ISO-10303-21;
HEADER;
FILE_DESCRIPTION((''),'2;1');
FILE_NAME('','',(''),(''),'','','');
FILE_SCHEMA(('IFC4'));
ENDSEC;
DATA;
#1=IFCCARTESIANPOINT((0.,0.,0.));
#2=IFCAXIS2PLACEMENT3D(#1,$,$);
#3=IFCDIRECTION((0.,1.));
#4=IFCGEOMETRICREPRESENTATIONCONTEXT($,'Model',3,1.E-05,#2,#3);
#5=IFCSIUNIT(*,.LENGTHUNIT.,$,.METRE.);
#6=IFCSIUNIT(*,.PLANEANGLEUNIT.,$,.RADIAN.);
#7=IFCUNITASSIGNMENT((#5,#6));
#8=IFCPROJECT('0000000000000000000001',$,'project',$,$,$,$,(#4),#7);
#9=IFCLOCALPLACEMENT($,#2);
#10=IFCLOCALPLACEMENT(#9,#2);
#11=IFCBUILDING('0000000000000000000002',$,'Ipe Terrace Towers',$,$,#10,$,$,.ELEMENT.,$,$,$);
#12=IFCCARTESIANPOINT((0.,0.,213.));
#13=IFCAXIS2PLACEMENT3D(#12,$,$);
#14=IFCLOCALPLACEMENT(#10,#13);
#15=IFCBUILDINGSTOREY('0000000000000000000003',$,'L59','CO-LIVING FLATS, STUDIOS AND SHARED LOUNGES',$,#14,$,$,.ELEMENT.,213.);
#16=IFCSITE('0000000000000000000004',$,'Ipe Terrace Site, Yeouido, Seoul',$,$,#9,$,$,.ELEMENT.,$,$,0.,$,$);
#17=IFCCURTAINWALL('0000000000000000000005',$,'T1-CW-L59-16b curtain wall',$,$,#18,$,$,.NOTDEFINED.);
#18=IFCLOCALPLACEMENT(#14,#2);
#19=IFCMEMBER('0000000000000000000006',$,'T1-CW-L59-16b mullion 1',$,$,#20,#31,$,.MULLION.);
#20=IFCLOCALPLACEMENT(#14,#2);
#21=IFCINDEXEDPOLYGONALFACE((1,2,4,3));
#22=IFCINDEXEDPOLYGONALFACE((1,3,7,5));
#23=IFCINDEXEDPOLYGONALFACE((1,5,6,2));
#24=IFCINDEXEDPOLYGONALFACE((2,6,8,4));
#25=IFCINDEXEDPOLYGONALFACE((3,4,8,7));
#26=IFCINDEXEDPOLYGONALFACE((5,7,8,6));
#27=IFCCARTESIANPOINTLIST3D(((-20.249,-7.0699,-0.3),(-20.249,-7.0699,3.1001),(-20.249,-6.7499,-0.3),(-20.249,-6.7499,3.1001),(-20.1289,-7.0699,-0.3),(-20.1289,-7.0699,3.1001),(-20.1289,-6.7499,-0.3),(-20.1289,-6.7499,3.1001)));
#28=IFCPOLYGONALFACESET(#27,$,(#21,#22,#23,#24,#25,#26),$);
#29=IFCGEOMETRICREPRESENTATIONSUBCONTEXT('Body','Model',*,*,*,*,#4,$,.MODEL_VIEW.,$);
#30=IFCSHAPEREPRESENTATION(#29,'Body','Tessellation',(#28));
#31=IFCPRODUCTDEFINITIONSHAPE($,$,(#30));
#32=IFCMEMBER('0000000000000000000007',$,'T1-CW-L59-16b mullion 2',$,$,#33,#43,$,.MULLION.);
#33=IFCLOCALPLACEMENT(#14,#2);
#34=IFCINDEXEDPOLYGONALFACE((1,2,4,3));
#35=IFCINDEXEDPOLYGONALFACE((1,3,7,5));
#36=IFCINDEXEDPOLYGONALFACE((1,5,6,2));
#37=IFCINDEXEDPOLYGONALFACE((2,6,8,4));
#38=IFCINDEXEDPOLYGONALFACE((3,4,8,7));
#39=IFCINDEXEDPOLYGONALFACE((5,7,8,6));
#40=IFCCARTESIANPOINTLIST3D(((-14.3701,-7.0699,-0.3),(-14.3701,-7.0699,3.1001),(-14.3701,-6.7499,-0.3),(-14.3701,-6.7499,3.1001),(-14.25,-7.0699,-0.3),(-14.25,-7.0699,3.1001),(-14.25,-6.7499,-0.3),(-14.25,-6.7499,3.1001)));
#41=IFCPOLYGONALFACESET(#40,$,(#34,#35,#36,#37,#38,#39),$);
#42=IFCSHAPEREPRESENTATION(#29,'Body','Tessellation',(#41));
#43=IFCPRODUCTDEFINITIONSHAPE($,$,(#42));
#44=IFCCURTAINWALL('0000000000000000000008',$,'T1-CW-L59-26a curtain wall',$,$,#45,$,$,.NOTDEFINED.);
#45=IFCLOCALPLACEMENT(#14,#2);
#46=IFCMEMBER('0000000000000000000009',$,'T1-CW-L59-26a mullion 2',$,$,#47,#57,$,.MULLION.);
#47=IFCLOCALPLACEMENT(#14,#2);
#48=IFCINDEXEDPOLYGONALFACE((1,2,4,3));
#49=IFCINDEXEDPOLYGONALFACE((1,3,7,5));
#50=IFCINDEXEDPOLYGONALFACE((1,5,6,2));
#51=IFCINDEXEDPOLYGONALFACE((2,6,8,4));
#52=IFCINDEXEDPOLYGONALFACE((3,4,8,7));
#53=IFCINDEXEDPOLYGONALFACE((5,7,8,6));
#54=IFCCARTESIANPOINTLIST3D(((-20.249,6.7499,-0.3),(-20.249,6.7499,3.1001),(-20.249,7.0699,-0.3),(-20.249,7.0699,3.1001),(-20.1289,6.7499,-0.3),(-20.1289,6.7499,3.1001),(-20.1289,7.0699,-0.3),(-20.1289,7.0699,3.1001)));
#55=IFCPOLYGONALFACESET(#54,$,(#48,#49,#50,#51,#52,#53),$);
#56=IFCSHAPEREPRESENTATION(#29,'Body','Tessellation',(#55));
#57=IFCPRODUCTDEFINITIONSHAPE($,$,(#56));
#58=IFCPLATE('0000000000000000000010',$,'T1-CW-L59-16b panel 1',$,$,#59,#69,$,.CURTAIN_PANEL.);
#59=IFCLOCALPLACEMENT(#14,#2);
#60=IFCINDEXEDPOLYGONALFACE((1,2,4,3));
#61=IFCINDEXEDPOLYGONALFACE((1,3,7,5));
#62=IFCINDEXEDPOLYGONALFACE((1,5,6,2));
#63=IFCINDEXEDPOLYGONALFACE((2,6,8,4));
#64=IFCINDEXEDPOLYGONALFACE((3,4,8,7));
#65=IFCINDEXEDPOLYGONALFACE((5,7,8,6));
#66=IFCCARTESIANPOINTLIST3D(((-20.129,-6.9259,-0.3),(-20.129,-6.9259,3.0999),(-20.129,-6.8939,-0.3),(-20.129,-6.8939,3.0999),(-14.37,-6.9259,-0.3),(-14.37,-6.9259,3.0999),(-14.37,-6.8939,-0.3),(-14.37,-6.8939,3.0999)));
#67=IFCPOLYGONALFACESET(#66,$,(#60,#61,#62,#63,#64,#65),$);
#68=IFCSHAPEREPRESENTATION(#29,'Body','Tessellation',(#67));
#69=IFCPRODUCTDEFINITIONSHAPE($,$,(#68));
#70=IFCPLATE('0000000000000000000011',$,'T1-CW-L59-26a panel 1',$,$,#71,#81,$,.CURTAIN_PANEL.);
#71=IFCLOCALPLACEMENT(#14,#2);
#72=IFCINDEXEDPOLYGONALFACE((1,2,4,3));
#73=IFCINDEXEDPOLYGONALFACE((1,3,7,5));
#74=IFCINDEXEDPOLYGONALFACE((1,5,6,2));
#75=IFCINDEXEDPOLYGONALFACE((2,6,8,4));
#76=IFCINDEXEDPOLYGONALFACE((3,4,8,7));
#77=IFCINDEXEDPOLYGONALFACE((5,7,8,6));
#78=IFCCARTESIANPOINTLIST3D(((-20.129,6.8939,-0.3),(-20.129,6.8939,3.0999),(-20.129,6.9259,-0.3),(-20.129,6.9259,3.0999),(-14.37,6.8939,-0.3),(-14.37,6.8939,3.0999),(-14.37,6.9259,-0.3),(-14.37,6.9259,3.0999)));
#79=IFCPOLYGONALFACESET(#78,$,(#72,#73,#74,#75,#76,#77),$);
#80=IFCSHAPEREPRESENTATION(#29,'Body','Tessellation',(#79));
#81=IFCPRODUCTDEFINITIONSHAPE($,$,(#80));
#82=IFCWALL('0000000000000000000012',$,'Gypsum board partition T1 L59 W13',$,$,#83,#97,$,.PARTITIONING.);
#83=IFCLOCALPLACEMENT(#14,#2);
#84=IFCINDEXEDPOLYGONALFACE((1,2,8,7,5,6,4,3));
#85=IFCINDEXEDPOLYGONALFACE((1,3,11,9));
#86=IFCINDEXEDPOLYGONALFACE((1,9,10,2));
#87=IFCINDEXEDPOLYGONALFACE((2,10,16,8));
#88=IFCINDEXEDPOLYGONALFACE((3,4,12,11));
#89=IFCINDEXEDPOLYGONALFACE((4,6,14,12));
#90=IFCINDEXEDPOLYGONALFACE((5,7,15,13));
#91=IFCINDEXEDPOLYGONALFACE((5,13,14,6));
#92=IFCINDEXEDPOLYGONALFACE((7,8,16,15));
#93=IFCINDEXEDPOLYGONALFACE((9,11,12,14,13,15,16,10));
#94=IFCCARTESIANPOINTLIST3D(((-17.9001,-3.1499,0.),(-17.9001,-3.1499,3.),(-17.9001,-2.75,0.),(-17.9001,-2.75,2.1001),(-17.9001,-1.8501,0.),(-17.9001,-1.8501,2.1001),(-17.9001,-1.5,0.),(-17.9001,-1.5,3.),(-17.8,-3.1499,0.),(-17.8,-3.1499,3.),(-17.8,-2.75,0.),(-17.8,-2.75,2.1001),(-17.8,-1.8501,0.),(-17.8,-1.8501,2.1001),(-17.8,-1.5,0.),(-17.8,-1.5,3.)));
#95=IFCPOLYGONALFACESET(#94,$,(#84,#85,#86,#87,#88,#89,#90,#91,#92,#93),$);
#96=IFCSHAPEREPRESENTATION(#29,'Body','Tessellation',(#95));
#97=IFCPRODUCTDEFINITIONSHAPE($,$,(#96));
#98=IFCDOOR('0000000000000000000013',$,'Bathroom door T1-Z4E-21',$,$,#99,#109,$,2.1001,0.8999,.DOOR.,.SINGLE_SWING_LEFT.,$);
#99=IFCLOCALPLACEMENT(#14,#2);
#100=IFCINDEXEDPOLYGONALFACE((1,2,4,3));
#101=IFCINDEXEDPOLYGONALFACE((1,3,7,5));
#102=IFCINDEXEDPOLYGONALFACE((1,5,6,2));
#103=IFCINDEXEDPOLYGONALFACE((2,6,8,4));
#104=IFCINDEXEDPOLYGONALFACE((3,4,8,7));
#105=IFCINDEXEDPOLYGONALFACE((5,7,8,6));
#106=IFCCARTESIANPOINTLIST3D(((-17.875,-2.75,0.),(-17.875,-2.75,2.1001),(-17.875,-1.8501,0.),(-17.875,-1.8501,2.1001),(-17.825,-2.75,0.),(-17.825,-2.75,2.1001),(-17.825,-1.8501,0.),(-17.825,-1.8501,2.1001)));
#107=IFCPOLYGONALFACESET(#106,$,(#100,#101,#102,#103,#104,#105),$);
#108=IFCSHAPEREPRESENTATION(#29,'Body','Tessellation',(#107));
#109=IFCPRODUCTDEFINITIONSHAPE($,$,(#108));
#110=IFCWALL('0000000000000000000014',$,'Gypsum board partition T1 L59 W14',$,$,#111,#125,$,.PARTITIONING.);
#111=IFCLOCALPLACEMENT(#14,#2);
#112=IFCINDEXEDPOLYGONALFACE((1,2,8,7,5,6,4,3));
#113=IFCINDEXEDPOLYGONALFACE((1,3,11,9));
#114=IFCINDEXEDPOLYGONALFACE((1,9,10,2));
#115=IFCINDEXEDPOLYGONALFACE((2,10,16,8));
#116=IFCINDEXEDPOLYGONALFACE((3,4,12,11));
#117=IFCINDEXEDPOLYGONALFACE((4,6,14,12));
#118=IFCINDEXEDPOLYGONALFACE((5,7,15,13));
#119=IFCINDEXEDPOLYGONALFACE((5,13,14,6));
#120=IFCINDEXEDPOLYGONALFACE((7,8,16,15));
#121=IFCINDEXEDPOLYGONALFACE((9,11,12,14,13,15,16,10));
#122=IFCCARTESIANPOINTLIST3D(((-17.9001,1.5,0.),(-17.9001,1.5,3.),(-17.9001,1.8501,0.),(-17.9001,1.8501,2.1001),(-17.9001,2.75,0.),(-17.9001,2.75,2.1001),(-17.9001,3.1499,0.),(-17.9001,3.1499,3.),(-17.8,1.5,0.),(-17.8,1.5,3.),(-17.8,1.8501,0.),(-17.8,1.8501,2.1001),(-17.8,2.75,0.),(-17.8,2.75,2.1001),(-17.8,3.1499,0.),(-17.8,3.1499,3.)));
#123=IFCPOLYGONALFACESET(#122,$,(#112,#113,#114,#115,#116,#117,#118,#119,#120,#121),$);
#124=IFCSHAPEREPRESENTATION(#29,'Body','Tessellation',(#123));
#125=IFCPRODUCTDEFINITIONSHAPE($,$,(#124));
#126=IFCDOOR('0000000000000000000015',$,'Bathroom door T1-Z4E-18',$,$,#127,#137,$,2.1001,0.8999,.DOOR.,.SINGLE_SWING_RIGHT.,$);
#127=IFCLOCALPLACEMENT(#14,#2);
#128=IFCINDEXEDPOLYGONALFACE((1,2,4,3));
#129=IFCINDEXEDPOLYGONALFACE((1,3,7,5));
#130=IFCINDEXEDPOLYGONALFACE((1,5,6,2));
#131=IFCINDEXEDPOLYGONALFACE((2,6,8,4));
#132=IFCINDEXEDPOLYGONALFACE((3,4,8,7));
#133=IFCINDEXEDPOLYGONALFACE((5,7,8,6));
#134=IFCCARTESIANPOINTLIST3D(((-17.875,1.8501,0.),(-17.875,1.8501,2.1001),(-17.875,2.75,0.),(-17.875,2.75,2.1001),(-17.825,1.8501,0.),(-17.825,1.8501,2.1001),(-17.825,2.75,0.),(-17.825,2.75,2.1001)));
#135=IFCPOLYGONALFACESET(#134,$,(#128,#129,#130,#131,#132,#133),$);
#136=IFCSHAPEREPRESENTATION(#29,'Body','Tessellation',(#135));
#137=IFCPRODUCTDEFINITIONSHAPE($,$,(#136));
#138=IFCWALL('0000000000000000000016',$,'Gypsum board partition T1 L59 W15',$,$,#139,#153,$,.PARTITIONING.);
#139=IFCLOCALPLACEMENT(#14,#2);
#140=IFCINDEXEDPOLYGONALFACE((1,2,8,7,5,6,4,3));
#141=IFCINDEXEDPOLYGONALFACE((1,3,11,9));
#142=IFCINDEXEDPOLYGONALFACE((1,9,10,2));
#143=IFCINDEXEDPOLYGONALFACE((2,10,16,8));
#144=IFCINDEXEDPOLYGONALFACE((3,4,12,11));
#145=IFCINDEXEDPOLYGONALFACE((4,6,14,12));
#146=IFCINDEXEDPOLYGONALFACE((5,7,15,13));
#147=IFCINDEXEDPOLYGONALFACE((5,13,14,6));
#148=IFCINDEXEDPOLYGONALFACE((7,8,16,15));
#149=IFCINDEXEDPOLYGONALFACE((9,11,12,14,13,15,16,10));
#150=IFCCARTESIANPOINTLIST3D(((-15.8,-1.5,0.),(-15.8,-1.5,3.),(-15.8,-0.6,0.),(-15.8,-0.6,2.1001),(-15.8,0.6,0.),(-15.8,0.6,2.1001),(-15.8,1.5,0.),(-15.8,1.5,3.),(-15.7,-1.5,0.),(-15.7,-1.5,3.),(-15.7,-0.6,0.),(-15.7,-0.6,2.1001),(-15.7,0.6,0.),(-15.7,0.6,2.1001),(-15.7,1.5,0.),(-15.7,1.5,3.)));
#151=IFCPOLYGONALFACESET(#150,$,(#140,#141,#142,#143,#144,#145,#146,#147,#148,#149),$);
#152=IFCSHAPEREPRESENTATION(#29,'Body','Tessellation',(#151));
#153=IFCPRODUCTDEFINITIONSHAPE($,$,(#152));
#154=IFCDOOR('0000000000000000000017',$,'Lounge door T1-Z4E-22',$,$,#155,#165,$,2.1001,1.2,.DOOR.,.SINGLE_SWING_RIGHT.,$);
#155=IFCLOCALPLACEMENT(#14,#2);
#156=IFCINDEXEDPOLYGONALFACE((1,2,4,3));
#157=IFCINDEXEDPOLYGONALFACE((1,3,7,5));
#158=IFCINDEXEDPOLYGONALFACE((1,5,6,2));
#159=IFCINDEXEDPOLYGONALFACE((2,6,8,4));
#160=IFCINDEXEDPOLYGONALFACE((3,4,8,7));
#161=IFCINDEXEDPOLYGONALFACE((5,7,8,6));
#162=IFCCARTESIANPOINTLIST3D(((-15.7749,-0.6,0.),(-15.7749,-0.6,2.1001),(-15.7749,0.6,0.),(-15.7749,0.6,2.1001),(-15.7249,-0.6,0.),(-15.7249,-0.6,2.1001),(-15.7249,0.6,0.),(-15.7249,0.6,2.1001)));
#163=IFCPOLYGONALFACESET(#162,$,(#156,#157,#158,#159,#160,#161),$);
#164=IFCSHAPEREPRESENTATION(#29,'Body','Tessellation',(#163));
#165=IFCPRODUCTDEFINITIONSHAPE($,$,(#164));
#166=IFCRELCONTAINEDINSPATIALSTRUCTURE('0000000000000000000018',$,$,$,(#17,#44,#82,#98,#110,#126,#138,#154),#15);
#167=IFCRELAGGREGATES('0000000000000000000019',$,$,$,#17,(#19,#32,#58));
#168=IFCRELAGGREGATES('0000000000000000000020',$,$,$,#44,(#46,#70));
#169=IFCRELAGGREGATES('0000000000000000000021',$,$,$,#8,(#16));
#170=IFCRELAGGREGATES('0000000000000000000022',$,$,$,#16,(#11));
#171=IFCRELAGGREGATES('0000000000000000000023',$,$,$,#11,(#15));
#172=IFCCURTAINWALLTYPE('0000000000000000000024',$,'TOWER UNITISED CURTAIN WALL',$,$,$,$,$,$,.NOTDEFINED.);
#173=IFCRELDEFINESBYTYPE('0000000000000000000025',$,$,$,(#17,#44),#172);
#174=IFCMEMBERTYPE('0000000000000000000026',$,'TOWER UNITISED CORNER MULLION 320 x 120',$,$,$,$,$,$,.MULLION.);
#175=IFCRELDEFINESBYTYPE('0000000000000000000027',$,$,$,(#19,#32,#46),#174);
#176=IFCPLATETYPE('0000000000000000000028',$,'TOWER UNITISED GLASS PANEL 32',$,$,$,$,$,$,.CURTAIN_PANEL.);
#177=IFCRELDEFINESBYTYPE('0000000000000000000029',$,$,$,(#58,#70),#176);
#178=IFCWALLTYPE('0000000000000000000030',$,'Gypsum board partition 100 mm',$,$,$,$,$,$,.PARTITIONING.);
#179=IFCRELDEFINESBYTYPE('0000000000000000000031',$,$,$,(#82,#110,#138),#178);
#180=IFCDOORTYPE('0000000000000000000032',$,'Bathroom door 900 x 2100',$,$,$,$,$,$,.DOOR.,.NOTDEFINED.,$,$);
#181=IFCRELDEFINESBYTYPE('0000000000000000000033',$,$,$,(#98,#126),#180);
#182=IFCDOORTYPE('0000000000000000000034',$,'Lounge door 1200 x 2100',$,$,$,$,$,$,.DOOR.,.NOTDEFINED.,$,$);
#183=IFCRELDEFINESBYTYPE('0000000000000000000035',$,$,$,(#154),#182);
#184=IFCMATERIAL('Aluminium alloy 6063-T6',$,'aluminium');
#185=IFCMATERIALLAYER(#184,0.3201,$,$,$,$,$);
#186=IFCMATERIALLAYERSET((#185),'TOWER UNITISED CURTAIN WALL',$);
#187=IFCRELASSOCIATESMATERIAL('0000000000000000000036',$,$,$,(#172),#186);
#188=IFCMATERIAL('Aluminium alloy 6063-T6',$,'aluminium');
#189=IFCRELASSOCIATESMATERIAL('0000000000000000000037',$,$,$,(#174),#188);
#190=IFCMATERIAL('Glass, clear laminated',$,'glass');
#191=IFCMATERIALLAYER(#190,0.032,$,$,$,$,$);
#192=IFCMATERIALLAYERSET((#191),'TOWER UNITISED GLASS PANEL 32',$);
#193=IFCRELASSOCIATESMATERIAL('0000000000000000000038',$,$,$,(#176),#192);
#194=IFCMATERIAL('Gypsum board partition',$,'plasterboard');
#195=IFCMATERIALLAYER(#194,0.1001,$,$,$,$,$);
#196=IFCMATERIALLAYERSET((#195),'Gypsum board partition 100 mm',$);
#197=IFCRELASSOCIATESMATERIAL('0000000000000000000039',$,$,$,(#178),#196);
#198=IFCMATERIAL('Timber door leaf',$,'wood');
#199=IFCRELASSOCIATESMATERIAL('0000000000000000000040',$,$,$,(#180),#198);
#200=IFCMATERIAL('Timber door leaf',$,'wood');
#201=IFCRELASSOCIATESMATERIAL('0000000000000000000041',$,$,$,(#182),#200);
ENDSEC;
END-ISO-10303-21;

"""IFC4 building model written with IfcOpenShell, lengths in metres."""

from ifc_helpers import new_model, si_unit, direction, frame, frame_2d, origin, origin_2d, place, context, subcontext, project, spatial, rectangle, extrude, material, layer, layer_set, material_profile, profile_set, type_object, element, fill, aggregate, save


model = new_model("IFC4")

# Units and contexts
model_context = context("Model", 3, precision=1e-05, world=origin(), true_north=direction((0.0, 1.0)))
body_context = subcontext(model_context, "Body", "Model", "MODEL_VIEW")
ifc_project = project(units=[si_unit("LENGTHUNIT", "METRE"), si_unit("PLANEANGLEUNIT", "RADIAN")], contexts=[model_context])

# Site, building, storey
site_placement = place(None, origin())
site = spatial("IfcSite", under=ifc_project, at=site_placement, Name="Ipe Terrace Site, Yeouido, Seoul", CompositionType="ELEMENT", RefElevation=0.0)
building_placement = place(site_placement, origin())
building = spatial("IfcBuilding", under=site, at=building_placement, Name="Ipe Terrace Towers", CompositionType="ELEMENT")
storey_placement = place(building_placement, frame((0.0, 0.0, 213.0)))
storey = spatial("IfcBuildingStorey", under=building, at=storey_placement, Name="L59", Description="CO-LIVING FLATS, STUDIOS AND SHARED LOUNGES", CompositionType="ELEMENT", Elevation=213.0)

# Curtain wall, members
ifc_material_1 = material(Name="Aluminium alloy 6063-T6", Category="aluminium")
ifc_layer_1 = layer(ifc_material_1, 0.3201)
ifc_layer_set_1 = layer_set([ifc_layer_1], Name="TOWER UNITISED CURTAIN WALL")
curtain_wall_type = type_object("IfcCurtainWallType", Name="TOWER UNITISED CURTAIN WALL", PredefinedType="NOTDEFINED", material=ifc_layer_set_1)
curtain_wall_1_placement = place(storey_placement, origin())
curtain_wall_1 = element("IfcCurtainWall", 1, at=curtain_wall_1_placement, inside=storey, type_object=curtain_wall_type, Name="T1-CW-L59-16b curtain wall", PredefinedType="NOTDEFINED")
ifc_material_2 = material(Name="Aluminium alloy 6063-T6", Category="aluminium")
ifc_material_profile = material_profile(ifc_material_2, rectangle(XDim=0.3201, YDim=0.1201, at=origin_2d()), Name="TOWER UNITISED CORNER MULLION 320 x 120")
ifc_profile_set = profile_set([ifc_material_profile], Name="Aluminium alloy 6063-T6")
member_type = type_object("IfcMemberType", Name="TOWER UNITISED CORNER MULLION 320 x 120", PredefinedType="MULLION", material=ifc_profile_set)
member_1_placement = place(storey_placement, frame((-20.189, -6.9099, -0.3), z_axis=(0.0, 0.0, 1.0), x_axis=(0.0, -1.0, 0.0)))
member_1 = element("IfcMember", 2, at=member_1_placement, type_object=member_type, Name="T1-CW-L59-16b mullion 1", PredefinedType="MULLION", context=body_context, shape_type="SweptSolid", body=[
    extrude(rectangle(XDim=0.3201, YDim=0.1201, at=origin_2d()), origin(), (0.0, 0.0, 1.0), 3.4001),
])
member_2_placement = place(storey_placement, frame((-14.3101, -6.9099, -0.3), z_axis=(0.0, 0.0, 1.0), x_axis=(0.0, -1.0, 0.0)))
member_2 = element("IfcMember", 3, at=member_2_placement, type_object=member_type, Name="T1-CW-L59-16b mullion 2", PredefinedType="MULLION", context=body_context, shape_type="SweptSolid", body=[
    extrude(rectangle(XDim=0.3201, YDim=0.1201, at=origin_2d()), origin(), (0.0, 0.0, 1.0), 3.4001),
])

# Curtain wall, member
curtain_wall_2_placement = place(storey_placement, origin())
curtain_wall_2 = element("IfcCurtainWall", 4, at=curtain_wall_2_placement, inside=storey, type_object=curtain_wall_type, Name="T1-CW-L59-26a curtain wall", PredefinedType="NOTDEFINED")
member_3_placement = place(storey_placement, frame((-20.189, 6.9099, -0.3), z_axis=(0.0, 0.0, 1.0), x_axis=(0.0, 1.0, 0.0)))
member_3 = element("IfcMember", 5, at=member_3_placement, type_object=member_type, Name="T1-CW-L59-26a mullion 2", PredefinedType="MULLION", context=body_context, shape_type="SweptSolid", body=[
    extrude(rectangle(XDim=0.3201, YDim=0.1201, at=origin_2d()), origin(), (0.0, 0.0, 1.0), 3.4001),
])

# Plates
ifc_material_3 = material(Name="Glass, clear laminated", Category="glass")
ifc_layer_2 = layer(ifc_material_3, 0.032)
ifc_layer_set_2 = layer_set([ifc_layer_2], Name="TOWER UNITISED GLASS PANEL 32")
plate_type = type_object("IfcPlateType", Name="TOWER UNITISED GLASS PANEL 32", PredefinedType="CURTAIN_PANEL", material=ifc_layer_set_2)
plate_1_placement = place(storey_placement, frame((-17.2495, -6.9099, -0.3), z_axis=(0.0, 0.0, 1.0), x_axis=(1.0, 0.0, 0.0)))
plate_1 = element("IfcPlate", 6, at=plate_1_placement, type_object=plate_type, Name="T1-CW-L59-16b panel 1", PredefinedType="CURTAIN_PANEL", context=body_context, shape_type="SweptSolid", body=[
    extrude(rectangle(XDim=5.759, YDim=0.032, at=origin_2d()), origin(), (0.0, 0.0, 1.0), 3.3999),
])
aggregate(curtain_wall_1, [member_1, member_2, plate_1])
plate_2_placement = place(storey_placement, frame((-17.2495, 6.9099, -0.3), z_axis=(0.0, 0.0, 1.0), x_axis=(-1.0, 0.0, 0.0)))
plate_2 = element("IfcPlate", 7, at=plate_2_placement, type_object=plate_type, Name="T1-CW-L59-26a panel 1", PredefinedType="CURTAIN_PANEL", context=body_context, shape_type="SweptSolid", body=[
    extrude(rectangle(XDim=5.759, YDim=0.032, at=origin_2d()), origin(), (0.0, 0.0, 1.0), 3.3999),
])
aggregate(curtain_wall_2, [member_3, plate_2])

# Walls, openings, doors
ifc_material_4 = material(Name="Gypsum board partition", Category="plasterboard")
ifc_layer_3 = layer(ifc_material_4, 0.1001)
ifc_layer_set_3 = layer_set([ifc_layer_3], Name="Gypsum board partition 100 mm")
wall_type_1 = type_object("IfcWallType", Name="Gypsum board partition 100 mm", PredefinedType="PARTITIONING", material=ifc_layer_set_3)
wall_1_placement = place(storey_placement, frame((-17.8501, -3.1499, 0.0), z_axis=(0.0, 0.0, 1.0), x_axis=(0.0, 1.0, 0.0)))
wall_1 = element("IfcWall", 8, at=wall_1_placement, inside=storey, type_object=wall_type_1, Name="Gypsum board partition T1 L59 W13", PredefinedType="PARTITIONING", context=body_context, shape_type="SweptSolid", body=[
    extrude(rectangle(XDim=1.6499, YDim=0.1001, at=frame_2d((0.825, 0.0))), origin(), (0.0, 0.0, 1.0), 3.0),
])
opening_1_placement = place(wall_1_placement, frame((0.3999, 0.0, 0.0)))
opening_1 = element("IfcOpeningElement", 9, at=opening_1_placement, cuts=wall_1, PredefinedType="OPENING", context=body_context, shape_type="SweptSolid", body=[
    extrude(rectangle(XDim=0.8999, YDim=2.1001, at=frame_2d((0.45, 1.05))), frame((0.0, 0.0601, 0.0), z_axis=(0.0, -1.0, 0.0), x_axis=(1.0, 0.0, 0.0)), (0.0, 0.0, 1.0), 0.1201),
])
ifc_material_5 = material(Name="Timber door leaf", Category="wood")
door_type_1 = type_object("IfcDoorType", Name="Bathroom door 900 x 2100", OperationType="NOTDEFINED", PredefinedType="DOOR", material=ifc_material_5)
door_1_placement = place(opening_1_placement, origin())
door_1 = element("IfcDoor", 10, at=door_1_placement, inside=storey, type_object=door_type_1, Name="Bathroom door T1-Z4E-21", OperationType="SINGLE_SWING_LEFT", OverallHeight=2.1001, OverallWidth=0.8999, PredefinedType="DOOR", context=body_context, shape_type="SweptSolid", body=[
    extrude(rectangle(XDim=0.8999, YDim=2.1001, at=frame_2d((0.45, 1.05))), frame((0.0, 0.0249, 0.0), z_axis=(0.0, -1.0, 0.0), x_axis=(1.0, 0.0, 0.0)), (0.0, 0.0, 1.0), 0.05),
])
fill(opening_1, door_1)
wall_2_placement = place(storey_placement, frame((-17.8501, 1.5, 0.0), z_axis=(0.0, 0.0, 1.0), x_axis=(0.0, 1.0, 0.0)))
wall_2 = element("IfcWall", 11, at=wall_2_placement, inside=storey, type_object=wall_type_1, Name="Gypsum board partition T1 L59 W14", PredefinedType="PARTITIONING", context=body_context, shape_type="SweptSolid", body=[
    extrude(rectangle(XDim=1.6499, YDim=0.1001, at=frame_2d((0.825, 0.0))), origin(), (0.0, 0.0, 1.0), 3.0),
])
opening_2_placement = place(wall_2_placement, frame((0.3501, 0.0, 0.0)))
opening_2 = element("IfcOpeningElement", 12, at=opening_2_placement, cuts=wall_2, PredefinedType="OPENING", context=body_context, shape_type="SweptSolid", body=[
    extrude(rectangle(XDim=0.8999, YDim=2.1001, at=frame_2d((0.45, 1.05))), frame((0.0, 0.0601, 0.0), z_axis=(0.0, -1.0, 0.0), x_axis=(1.0, 0.0, 0.0)), (0.0, 0.0, 1.0), 0.1201),
])
door_2_placement = place(opening_2_placement, origin())
door_2 = element("IfcDoor", 13, at=door_2_placement, inside=storey, type_object=door_type_1, Name="Bathroom door T1-Z4E-18", OperationType="SINGLE_SWING_RIGHT", OverallHeight=2.1001, OverallWidth=0.8999, PredefinedType="DOOR", context=body_context, shape_type="SweptSolid", body=[
    extrude(rectangle(XDim=0.8999, YDim=2.1001, at=frame_2d((0.45, 1.05))), frame((0.0, 0.0249, 0.0), z_axis=(0.0, -1.0, 0.0), x_axis=(1.0, 0.0, 0.0)), (0.0, 0.0, 1.0), 0.05),
])
fill(opening_2, door_2)
wall_3_placement = place(storey_placement, frame((-15.75, -1.5, 0.0), z_axis=(0.0, 0.0, 1.0), x_axis=(0.0, 1.0, 0.0)))
wall_3 = element("IfcWall", 14, at=wall_3_placement, inside=storey, type_object=wall_type_1, Name="Gypsum board partition T1 L59 W15", PredefinedType="PARTITIONING", context=body_context, shape_type="SweptSolid", body=[
    extrude(rectangle(XDim=3.0, YDim=0.1001, at=frame_2d((1.5, 0.0))), origin(), (0.0, 0.0, 1.0), 3.0),
])
opening_3_placement = place(wall_3_placement, frame((0.8999, 0.0, 0.0)))
opening_3 = element("IfcOpeningElement", 15, at=opening_3_placement, cuts=wall_3, PredefinedType="OPENING", context=body_context, shape_type="SweptSolid", body=[
    extrude(rectangle(XDim=1.2, YDim=2.1001, at=frame_2d((0.6001, 1.05))), frame((0.0, 0.0601, 0.0), z_axis=(0.0, -1.0, 0.0), x_axis=(1.0, 0.0, 0.0)), (0.0, 0.0, 1.0), 0.1201),
])
ifc_material_6 = material(Name="Timber door leaf", Category="wood")
door_type_2 = type_object("IfcDoorType", Name="Lounge door 1200 x 2100", OperationType="NOTDEFINED", PredefinedType="DOOR", material=ifc_material_6)
door_3_placement = place(opening_3_placement, origin())
door_3 = element("IfcDoor", 16, at=door_3_placement, inside=storey, type_object=door_type_2, Name="Lounge door T1-Z4E-22", OperationType="SINGLE_SWING_RIGHT", OverallHeight=2.1001, OverallWidth=1.2, PredefinedType="DOOR", context=body_context, shape_type="SweptSolid", body=[
    extrude(rectangle(XDim=1.2, YDim=2.1001, at=frame_2d((0.6001, 1.05))), frame((0.0, 0.0249, 0.0), z_axis=(0.0, -1.0, 0.0), x_axis=(1.0, 0.0, 0.0)), (0.0, 0.0, 1.0), 0.05),
])
fill(opening_3, door_3)

save(model, "model.ifc")
